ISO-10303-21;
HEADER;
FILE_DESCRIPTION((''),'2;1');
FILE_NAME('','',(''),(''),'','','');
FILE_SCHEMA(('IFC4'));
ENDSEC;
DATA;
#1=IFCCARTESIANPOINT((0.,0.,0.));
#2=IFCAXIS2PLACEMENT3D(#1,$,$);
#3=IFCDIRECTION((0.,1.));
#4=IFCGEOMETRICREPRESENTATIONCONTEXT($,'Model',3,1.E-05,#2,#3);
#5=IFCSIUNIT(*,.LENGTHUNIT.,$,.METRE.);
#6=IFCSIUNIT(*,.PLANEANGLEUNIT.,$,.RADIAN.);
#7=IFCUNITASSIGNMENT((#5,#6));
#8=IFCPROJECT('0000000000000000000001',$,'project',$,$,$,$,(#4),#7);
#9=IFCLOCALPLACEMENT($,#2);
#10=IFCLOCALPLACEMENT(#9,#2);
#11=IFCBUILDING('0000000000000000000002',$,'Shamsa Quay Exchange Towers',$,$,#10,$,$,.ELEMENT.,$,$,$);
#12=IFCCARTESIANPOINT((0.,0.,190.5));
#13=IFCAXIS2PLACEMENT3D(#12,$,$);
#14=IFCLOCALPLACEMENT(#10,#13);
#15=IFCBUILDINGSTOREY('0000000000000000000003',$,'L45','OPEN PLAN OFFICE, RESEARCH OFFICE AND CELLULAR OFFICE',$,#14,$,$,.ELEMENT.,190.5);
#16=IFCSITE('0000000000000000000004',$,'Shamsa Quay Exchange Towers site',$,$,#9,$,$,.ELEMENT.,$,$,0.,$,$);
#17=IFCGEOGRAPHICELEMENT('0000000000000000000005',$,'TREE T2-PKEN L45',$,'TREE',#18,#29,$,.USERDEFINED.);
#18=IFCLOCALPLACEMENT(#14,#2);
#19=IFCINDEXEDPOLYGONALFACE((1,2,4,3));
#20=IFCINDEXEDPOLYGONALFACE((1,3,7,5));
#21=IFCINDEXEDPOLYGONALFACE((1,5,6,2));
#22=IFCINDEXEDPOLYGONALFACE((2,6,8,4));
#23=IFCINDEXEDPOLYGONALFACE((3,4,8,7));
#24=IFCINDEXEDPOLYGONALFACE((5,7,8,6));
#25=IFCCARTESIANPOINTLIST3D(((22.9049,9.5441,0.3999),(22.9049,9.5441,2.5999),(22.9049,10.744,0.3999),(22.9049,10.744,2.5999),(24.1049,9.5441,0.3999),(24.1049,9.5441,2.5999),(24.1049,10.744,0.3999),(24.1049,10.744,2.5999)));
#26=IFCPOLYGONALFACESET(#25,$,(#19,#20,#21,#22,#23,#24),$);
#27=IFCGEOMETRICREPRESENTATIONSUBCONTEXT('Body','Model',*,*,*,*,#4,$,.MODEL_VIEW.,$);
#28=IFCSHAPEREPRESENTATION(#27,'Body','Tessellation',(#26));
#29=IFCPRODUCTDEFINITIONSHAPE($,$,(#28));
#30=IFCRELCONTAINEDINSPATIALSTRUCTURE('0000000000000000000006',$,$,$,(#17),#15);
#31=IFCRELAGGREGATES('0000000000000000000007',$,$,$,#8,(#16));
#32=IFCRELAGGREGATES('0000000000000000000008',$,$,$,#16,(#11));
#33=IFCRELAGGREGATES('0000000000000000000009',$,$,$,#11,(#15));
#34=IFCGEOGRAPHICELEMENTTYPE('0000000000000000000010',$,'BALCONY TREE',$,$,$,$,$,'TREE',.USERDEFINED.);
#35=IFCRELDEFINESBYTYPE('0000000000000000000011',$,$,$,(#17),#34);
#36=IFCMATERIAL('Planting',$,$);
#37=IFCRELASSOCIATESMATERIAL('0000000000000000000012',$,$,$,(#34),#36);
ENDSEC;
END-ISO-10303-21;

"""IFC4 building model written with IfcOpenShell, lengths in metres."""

from ifc_helpers import new_model, si_unit, direction, frame, origin, origin_2d, place, context, subcontext, project, spatial, rectangle, extrude, material, type_object, element, save


model = new_model("IFC4")

# Units and contexts
model_context = context("Model", 3, precision=1e-05, world=origin(), true_north=direction((0.0, 1.0)))
body_context = subcontext(model_context, "Body", "Model", "MODEL_VIEW")
ifc_project = project(units=[si_unit("LENGTHUNIT", "METRE"), si_unit("PLANEANGLEUNIT", "RADIAN")], contexts=[model_context])

# Site, building, storey
site_placement = place(None, origin())
site = spatial("IfcSite", under=ifc_project, at=site_placement, Name="Shamsa Quay Exchange Towers site", CompositionType="ELEMENT", RefElevation=0.0)
building_placement = place(site_placement, origin())
building = spatial("IfcBuilding", under=site, at=building_placement, Name="Shamsa Quay Exchange Towers", CompositionType="ELEMENT")
storey_placement = place(building_placement, frame((0.0, 0.0, 190.5)))
storey = spatial("IfcBuildingStorey", under=building, at=storey_placement, Name="L45", Description="OPEN PLAN OFFICE, RESEARCH OFFICE AND CELLULAR OFFICE", CompositionType="ELEMENT", Elevation=190.5)

# Geographic element
ifc_material_1 = material(Name="Planting")
geographic_element_type = type_object("IfcGeographicElementType", Name="BALCONY TREE", ElementType="TREE", PredefinedType="USERDEFINED", material=ifc_material_1)
geographic_element_placement = place(storey_placement, frame((23.5049, 10.144, 0.3999), z_axis=(0.0, 0.0, 1.0), x_axis=(0.0, -1.0, 0.0)))
element("IfcGeographicElement", 1, at=geographic_element_placement, inside=storey, type_object=geographic_element_type, Name="TREE T2-PKEN L45", ObjectType="TREE", PredefinedType="USERDEFINED", context=body_context, shape_type="SweptSolid", body=[
    extrude(rectangle(XDim=1.2, YDim=1.2, at=origin_2d()), origin(), (0.0, 0.0, 1.0), 2.2),
])

save(model, "model.ifc")
